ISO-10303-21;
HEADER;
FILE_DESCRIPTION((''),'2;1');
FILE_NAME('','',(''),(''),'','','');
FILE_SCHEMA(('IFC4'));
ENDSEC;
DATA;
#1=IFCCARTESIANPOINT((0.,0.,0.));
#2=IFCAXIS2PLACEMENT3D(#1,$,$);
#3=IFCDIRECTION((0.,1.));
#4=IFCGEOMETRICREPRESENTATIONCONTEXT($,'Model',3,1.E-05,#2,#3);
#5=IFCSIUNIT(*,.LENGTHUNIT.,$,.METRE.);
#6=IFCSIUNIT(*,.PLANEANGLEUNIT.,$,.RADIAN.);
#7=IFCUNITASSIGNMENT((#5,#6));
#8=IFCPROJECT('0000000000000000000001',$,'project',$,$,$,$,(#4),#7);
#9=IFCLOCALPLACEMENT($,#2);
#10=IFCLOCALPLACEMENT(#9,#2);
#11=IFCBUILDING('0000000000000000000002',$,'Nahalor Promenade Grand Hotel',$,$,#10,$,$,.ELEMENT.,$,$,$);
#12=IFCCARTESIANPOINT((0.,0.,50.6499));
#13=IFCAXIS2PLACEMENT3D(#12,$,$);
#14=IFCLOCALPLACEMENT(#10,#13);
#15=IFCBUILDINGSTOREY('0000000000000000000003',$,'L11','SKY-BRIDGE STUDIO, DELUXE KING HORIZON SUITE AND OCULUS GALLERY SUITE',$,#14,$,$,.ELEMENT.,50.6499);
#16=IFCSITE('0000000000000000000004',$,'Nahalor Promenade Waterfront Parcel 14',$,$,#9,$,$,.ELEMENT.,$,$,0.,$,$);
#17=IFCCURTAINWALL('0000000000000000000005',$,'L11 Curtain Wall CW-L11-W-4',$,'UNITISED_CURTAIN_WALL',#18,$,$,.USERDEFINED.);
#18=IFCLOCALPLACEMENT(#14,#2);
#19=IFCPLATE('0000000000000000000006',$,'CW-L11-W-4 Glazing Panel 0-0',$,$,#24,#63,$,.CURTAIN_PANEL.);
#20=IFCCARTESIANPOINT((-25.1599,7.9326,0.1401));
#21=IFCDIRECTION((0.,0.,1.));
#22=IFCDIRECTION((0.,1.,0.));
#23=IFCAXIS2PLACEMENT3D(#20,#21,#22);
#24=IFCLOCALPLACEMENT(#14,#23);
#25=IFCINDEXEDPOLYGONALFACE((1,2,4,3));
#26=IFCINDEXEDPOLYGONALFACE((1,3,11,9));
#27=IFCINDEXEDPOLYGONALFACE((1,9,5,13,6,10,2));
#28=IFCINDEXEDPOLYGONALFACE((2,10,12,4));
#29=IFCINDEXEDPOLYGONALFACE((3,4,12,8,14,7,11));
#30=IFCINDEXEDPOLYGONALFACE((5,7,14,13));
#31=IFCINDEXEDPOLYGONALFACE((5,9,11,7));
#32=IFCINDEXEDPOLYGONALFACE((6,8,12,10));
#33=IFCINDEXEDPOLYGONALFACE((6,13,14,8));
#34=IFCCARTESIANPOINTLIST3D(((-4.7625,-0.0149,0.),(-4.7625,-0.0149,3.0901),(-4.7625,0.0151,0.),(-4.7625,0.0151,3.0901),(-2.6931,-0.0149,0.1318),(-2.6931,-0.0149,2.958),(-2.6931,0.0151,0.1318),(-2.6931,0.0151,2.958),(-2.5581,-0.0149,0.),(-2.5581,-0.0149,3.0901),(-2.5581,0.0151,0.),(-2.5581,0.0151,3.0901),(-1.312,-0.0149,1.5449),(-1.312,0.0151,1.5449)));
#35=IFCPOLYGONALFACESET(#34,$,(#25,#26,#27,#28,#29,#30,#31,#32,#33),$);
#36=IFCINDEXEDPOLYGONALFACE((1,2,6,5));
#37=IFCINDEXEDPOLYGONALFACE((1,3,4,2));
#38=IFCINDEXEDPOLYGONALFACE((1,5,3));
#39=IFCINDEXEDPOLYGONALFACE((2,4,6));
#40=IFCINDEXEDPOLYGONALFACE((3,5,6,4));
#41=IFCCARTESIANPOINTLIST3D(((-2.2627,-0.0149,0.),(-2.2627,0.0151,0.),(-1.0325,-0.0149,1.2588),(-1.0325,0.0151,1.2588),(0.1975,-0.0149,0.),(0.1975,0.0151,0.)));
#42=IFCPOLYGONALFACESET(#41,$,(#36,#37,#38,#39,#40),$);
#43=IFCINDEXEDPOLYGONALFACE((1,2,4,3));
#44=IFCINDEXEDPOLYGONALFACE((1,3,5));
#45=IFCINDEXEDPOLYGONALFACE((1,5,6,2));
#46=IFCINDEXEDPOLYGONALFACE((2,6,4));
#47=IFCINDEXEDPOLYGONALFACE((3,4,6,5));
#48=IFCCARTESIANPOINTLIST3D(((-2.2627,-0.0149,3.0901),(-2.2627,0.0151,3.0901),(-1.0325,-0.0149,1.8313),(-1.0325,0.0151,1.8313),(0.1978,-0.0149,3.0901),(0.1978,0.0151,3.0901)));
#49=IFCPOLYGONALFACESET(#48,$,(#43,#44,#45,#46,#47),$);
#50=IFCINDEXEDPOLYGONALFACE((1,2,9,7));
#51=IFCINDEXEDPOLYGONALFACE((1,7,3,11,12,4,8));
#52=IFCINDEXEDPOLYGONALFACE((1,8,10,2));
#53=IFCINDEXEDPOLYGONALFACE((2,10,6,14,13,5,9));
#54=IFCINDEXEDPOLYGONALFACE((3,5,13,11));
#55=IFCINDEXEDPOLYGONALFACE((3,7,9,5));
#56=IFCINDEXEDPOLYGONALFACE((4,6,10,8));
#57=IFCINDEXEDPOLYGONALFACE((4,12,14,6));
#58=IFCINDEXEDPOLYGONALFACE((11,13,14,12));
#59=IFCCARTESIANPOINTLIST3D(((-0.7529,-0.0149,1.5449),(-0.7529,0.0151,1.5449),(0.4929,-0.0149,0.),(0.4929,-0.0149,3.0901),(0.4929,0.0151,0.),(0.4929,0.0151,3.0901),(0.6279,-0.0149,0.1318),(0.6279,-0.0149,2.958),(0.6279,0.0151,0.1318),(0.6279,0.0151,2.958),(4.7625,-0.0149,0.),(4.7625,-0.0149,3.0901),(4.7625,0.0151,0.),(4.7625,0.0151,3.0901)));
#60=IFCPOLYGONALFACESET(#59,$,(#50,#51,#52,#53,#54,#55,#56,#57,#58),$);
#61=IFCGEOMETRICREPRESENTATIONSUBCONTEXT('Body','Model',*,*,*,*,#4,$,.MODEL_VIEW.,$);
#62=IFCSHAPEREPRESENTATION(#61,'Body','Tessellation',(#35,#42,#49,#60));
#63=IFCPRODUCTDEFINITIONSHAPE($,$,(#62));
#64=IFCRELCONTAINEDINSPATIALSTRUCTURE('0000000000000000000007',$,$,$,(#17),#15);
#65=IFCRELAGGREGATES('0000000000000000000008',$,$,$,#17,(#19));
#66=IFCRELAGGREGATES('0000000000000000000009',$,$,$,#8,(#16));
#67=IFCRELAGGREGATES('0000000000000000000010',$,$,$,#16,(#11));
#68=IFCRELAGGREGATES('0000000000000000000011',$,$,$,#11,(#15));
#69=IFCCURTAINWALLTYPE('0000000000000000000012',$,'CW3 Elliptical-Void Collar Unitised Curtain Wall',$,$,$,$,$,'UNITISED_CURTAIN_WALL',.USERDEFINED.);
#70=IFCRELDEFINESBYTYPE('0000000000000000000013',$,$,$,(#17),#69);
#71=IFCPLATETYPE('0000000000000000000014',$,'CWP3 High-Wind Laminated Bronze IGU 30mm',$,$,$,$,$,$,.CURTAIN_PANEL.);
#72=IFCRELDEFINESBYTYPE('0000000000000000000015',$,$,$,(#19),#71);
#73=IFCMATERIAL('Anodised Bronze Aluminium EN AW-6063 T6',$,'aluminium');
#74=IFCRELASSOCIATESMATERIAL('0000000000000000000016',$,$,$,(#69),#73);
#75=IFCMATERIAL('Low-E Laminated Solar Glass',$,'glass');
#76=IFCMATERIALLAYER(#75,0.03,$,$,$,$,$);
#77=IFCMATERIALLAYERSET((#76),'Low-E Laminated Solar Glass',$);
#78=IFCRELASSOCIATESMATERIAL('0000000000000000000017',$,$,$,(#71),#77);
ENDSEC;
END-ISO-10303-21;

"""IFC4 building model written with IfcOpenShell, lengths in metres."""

from ifc_helpers import new_model, si_unit, direction, frame, origin, place, context, subcontext, project, spatial, polyline, outline, extrude, material, layer, layer_set, type_object, element, aggregate, save


model = new_model("IFC4")

# Units and contexts
model_context = context("Model", 3, precision=1e-05, world=origin(), true_north=direction((0.0, 1.0)))
body_context = subcontext(model_context, "Body", "Model", "MODEL_VIEW")
ifc_project = project(units=[si_unit("LENGTHUNIT", "METRE"), si_unit("PLANEANGLEUNIT", "RADIAN")], contexts=[model_context])

# Site, building, storey
site_placement = place(None, origin())
site = spatial("IfcSite", under=ifc_project, at=site_placement, Name="Nahalor Promenade Waterfront Parcel 14", CompositionType="ELEMENT", RefElevation=0.0)
building_placement = place(site_placement, origin())
building = spatial("IfcBuilding", under=site, at=building_placement, Name="Nahalor Promenade Grand Hotel", CompositionType="ELEMENT")
storey_placement = place(building_placement, frame((0.0, 0.0, 50.6499)))
storey = spatial("IfcBuildingStorey", under=building, at=storey_placement, Name="L11", Description="SKY-BRIDGE STUDIO, DELUXE KING HORIZON SUITE AND OCULUS GALLERY SUITE", CompositionType="ELEMENT", Elevation=50.6499)

# Shared definitions
ifc_material_1 = material(Name="Anodised Bronze Aluminium EN AW-6063 T6", Category="aluminium")
curtain_wall_type = type_object("IfcCurtainWallType", Name="CW3 Elliptical-Void Collar Unitised Curtain Wall", ElementType="UNITISED_CURTAIN_WALL", PredefinedType="USERDEFINED", material=ifc_material_1)

# Curtain wall
curtain_wall_1_placement = place(storey_placement, origin())
curtain_wall_1 = element("IfcCurtainWall", 1, at=curtain_wall_1_placement, inside=storey, type_object=curtain_wall_type, Name="L11 Curtain Wall CW-L11-W-4", ObjectType="UNITISED_CURTAIN_WALL", PredefinedType="USERDEFINED")

# Plate
ifc_material_2 = material(Name="Low-E Laminated Solar Glass", Category="glass")
ifc_layer_1 = layer(ifc_material_2, 0.03)
ifc_layer_set_1 = layer_set([ifc_layer_1], Name="Low-E Laminated Solar Glass")
plate_type_1 = type_object("IfcPlateType", Name="CWP3 High-Wind Laminated Bronze IGU 30mm", PredefinedType="CURTAIN_PANEL", material=ifc_layer_set_1)
plate_1_placement = place(storey_placement, frame((-25.1599, 7.9326, 0.1401), z_axis=(0.0, 0.0, 1.0), x_axis=(0.0, 1.0, 0.0)))
plate_1 = element("IfcPlate", 2, at=plate_1_placement, type_object=plate_type_1, Name="CW-L11-W-4 Glazing Panel 0-0", PredefinedType="CURTAIN_PANEL", context=body_context, shape_type="SweptSolid", body=[
    extrude(outline(polyline([(-4.7625, 3.0901), (-4.7625, 0.0), (-2.5581, 0.0), (-2.6931, 0.1318), (-1.312, 1.5449), (-2.6931, 2.958), (-2.5581, 3.0901), (-4.7625, 3.0901)])), frame((0.0, 0.0151, 0.0), z_axis=(0.0, -1.0, 0.0), x_axis=(1.0, 0.0, 0.0)), (0.0, 0.0, 1.0), 0.03),
    extrude(outline(polyline([(-1.0325, 1.2588), (-2.2627, 0.0), (0.1975, 0.0), (-1.0325, 1.2588)])), frame((0.0, 0.0151, 0.0), z_axis=(0.0, -1.0, 0.0), x_axis=(1.0, 0.0, 0.0)), (0.0, 0.0, 1.0), 0.03),
    extrude(outline(polyline([(-1.0325, 1.8313), (0.1978, 3.0901), (-2.2627, 3.0901), (-1.0325, 1.8313)])), frame((0.0, 0.0151, 0.0), z_axis=(0.0, -1.0, 0.0), x_axis=(1.0, 0.0, 0.0)), (0.0, 0.0, 1.0), 0.03),
    extrude(outline(polyline([(4.7625, 0.0), (4.7625, 3.0901), (0.4929, 3.0901), (0.6279, 2.958), (-0.7529, 1.5449), (0.6279, 0.1318), (0.4929, 0.0), (4.7625, 0.0)])), frame((0.0, 0.0151, 0.0), z_axis=(0.0, -1.0, 0.0), x_axis=(1.0, 0.0, 0.0)), (0.0, 0.0, 1.0), 0.03),
])
aggregate(curtain_wall_1, [plate_1])

save(model, "model.ifc")
